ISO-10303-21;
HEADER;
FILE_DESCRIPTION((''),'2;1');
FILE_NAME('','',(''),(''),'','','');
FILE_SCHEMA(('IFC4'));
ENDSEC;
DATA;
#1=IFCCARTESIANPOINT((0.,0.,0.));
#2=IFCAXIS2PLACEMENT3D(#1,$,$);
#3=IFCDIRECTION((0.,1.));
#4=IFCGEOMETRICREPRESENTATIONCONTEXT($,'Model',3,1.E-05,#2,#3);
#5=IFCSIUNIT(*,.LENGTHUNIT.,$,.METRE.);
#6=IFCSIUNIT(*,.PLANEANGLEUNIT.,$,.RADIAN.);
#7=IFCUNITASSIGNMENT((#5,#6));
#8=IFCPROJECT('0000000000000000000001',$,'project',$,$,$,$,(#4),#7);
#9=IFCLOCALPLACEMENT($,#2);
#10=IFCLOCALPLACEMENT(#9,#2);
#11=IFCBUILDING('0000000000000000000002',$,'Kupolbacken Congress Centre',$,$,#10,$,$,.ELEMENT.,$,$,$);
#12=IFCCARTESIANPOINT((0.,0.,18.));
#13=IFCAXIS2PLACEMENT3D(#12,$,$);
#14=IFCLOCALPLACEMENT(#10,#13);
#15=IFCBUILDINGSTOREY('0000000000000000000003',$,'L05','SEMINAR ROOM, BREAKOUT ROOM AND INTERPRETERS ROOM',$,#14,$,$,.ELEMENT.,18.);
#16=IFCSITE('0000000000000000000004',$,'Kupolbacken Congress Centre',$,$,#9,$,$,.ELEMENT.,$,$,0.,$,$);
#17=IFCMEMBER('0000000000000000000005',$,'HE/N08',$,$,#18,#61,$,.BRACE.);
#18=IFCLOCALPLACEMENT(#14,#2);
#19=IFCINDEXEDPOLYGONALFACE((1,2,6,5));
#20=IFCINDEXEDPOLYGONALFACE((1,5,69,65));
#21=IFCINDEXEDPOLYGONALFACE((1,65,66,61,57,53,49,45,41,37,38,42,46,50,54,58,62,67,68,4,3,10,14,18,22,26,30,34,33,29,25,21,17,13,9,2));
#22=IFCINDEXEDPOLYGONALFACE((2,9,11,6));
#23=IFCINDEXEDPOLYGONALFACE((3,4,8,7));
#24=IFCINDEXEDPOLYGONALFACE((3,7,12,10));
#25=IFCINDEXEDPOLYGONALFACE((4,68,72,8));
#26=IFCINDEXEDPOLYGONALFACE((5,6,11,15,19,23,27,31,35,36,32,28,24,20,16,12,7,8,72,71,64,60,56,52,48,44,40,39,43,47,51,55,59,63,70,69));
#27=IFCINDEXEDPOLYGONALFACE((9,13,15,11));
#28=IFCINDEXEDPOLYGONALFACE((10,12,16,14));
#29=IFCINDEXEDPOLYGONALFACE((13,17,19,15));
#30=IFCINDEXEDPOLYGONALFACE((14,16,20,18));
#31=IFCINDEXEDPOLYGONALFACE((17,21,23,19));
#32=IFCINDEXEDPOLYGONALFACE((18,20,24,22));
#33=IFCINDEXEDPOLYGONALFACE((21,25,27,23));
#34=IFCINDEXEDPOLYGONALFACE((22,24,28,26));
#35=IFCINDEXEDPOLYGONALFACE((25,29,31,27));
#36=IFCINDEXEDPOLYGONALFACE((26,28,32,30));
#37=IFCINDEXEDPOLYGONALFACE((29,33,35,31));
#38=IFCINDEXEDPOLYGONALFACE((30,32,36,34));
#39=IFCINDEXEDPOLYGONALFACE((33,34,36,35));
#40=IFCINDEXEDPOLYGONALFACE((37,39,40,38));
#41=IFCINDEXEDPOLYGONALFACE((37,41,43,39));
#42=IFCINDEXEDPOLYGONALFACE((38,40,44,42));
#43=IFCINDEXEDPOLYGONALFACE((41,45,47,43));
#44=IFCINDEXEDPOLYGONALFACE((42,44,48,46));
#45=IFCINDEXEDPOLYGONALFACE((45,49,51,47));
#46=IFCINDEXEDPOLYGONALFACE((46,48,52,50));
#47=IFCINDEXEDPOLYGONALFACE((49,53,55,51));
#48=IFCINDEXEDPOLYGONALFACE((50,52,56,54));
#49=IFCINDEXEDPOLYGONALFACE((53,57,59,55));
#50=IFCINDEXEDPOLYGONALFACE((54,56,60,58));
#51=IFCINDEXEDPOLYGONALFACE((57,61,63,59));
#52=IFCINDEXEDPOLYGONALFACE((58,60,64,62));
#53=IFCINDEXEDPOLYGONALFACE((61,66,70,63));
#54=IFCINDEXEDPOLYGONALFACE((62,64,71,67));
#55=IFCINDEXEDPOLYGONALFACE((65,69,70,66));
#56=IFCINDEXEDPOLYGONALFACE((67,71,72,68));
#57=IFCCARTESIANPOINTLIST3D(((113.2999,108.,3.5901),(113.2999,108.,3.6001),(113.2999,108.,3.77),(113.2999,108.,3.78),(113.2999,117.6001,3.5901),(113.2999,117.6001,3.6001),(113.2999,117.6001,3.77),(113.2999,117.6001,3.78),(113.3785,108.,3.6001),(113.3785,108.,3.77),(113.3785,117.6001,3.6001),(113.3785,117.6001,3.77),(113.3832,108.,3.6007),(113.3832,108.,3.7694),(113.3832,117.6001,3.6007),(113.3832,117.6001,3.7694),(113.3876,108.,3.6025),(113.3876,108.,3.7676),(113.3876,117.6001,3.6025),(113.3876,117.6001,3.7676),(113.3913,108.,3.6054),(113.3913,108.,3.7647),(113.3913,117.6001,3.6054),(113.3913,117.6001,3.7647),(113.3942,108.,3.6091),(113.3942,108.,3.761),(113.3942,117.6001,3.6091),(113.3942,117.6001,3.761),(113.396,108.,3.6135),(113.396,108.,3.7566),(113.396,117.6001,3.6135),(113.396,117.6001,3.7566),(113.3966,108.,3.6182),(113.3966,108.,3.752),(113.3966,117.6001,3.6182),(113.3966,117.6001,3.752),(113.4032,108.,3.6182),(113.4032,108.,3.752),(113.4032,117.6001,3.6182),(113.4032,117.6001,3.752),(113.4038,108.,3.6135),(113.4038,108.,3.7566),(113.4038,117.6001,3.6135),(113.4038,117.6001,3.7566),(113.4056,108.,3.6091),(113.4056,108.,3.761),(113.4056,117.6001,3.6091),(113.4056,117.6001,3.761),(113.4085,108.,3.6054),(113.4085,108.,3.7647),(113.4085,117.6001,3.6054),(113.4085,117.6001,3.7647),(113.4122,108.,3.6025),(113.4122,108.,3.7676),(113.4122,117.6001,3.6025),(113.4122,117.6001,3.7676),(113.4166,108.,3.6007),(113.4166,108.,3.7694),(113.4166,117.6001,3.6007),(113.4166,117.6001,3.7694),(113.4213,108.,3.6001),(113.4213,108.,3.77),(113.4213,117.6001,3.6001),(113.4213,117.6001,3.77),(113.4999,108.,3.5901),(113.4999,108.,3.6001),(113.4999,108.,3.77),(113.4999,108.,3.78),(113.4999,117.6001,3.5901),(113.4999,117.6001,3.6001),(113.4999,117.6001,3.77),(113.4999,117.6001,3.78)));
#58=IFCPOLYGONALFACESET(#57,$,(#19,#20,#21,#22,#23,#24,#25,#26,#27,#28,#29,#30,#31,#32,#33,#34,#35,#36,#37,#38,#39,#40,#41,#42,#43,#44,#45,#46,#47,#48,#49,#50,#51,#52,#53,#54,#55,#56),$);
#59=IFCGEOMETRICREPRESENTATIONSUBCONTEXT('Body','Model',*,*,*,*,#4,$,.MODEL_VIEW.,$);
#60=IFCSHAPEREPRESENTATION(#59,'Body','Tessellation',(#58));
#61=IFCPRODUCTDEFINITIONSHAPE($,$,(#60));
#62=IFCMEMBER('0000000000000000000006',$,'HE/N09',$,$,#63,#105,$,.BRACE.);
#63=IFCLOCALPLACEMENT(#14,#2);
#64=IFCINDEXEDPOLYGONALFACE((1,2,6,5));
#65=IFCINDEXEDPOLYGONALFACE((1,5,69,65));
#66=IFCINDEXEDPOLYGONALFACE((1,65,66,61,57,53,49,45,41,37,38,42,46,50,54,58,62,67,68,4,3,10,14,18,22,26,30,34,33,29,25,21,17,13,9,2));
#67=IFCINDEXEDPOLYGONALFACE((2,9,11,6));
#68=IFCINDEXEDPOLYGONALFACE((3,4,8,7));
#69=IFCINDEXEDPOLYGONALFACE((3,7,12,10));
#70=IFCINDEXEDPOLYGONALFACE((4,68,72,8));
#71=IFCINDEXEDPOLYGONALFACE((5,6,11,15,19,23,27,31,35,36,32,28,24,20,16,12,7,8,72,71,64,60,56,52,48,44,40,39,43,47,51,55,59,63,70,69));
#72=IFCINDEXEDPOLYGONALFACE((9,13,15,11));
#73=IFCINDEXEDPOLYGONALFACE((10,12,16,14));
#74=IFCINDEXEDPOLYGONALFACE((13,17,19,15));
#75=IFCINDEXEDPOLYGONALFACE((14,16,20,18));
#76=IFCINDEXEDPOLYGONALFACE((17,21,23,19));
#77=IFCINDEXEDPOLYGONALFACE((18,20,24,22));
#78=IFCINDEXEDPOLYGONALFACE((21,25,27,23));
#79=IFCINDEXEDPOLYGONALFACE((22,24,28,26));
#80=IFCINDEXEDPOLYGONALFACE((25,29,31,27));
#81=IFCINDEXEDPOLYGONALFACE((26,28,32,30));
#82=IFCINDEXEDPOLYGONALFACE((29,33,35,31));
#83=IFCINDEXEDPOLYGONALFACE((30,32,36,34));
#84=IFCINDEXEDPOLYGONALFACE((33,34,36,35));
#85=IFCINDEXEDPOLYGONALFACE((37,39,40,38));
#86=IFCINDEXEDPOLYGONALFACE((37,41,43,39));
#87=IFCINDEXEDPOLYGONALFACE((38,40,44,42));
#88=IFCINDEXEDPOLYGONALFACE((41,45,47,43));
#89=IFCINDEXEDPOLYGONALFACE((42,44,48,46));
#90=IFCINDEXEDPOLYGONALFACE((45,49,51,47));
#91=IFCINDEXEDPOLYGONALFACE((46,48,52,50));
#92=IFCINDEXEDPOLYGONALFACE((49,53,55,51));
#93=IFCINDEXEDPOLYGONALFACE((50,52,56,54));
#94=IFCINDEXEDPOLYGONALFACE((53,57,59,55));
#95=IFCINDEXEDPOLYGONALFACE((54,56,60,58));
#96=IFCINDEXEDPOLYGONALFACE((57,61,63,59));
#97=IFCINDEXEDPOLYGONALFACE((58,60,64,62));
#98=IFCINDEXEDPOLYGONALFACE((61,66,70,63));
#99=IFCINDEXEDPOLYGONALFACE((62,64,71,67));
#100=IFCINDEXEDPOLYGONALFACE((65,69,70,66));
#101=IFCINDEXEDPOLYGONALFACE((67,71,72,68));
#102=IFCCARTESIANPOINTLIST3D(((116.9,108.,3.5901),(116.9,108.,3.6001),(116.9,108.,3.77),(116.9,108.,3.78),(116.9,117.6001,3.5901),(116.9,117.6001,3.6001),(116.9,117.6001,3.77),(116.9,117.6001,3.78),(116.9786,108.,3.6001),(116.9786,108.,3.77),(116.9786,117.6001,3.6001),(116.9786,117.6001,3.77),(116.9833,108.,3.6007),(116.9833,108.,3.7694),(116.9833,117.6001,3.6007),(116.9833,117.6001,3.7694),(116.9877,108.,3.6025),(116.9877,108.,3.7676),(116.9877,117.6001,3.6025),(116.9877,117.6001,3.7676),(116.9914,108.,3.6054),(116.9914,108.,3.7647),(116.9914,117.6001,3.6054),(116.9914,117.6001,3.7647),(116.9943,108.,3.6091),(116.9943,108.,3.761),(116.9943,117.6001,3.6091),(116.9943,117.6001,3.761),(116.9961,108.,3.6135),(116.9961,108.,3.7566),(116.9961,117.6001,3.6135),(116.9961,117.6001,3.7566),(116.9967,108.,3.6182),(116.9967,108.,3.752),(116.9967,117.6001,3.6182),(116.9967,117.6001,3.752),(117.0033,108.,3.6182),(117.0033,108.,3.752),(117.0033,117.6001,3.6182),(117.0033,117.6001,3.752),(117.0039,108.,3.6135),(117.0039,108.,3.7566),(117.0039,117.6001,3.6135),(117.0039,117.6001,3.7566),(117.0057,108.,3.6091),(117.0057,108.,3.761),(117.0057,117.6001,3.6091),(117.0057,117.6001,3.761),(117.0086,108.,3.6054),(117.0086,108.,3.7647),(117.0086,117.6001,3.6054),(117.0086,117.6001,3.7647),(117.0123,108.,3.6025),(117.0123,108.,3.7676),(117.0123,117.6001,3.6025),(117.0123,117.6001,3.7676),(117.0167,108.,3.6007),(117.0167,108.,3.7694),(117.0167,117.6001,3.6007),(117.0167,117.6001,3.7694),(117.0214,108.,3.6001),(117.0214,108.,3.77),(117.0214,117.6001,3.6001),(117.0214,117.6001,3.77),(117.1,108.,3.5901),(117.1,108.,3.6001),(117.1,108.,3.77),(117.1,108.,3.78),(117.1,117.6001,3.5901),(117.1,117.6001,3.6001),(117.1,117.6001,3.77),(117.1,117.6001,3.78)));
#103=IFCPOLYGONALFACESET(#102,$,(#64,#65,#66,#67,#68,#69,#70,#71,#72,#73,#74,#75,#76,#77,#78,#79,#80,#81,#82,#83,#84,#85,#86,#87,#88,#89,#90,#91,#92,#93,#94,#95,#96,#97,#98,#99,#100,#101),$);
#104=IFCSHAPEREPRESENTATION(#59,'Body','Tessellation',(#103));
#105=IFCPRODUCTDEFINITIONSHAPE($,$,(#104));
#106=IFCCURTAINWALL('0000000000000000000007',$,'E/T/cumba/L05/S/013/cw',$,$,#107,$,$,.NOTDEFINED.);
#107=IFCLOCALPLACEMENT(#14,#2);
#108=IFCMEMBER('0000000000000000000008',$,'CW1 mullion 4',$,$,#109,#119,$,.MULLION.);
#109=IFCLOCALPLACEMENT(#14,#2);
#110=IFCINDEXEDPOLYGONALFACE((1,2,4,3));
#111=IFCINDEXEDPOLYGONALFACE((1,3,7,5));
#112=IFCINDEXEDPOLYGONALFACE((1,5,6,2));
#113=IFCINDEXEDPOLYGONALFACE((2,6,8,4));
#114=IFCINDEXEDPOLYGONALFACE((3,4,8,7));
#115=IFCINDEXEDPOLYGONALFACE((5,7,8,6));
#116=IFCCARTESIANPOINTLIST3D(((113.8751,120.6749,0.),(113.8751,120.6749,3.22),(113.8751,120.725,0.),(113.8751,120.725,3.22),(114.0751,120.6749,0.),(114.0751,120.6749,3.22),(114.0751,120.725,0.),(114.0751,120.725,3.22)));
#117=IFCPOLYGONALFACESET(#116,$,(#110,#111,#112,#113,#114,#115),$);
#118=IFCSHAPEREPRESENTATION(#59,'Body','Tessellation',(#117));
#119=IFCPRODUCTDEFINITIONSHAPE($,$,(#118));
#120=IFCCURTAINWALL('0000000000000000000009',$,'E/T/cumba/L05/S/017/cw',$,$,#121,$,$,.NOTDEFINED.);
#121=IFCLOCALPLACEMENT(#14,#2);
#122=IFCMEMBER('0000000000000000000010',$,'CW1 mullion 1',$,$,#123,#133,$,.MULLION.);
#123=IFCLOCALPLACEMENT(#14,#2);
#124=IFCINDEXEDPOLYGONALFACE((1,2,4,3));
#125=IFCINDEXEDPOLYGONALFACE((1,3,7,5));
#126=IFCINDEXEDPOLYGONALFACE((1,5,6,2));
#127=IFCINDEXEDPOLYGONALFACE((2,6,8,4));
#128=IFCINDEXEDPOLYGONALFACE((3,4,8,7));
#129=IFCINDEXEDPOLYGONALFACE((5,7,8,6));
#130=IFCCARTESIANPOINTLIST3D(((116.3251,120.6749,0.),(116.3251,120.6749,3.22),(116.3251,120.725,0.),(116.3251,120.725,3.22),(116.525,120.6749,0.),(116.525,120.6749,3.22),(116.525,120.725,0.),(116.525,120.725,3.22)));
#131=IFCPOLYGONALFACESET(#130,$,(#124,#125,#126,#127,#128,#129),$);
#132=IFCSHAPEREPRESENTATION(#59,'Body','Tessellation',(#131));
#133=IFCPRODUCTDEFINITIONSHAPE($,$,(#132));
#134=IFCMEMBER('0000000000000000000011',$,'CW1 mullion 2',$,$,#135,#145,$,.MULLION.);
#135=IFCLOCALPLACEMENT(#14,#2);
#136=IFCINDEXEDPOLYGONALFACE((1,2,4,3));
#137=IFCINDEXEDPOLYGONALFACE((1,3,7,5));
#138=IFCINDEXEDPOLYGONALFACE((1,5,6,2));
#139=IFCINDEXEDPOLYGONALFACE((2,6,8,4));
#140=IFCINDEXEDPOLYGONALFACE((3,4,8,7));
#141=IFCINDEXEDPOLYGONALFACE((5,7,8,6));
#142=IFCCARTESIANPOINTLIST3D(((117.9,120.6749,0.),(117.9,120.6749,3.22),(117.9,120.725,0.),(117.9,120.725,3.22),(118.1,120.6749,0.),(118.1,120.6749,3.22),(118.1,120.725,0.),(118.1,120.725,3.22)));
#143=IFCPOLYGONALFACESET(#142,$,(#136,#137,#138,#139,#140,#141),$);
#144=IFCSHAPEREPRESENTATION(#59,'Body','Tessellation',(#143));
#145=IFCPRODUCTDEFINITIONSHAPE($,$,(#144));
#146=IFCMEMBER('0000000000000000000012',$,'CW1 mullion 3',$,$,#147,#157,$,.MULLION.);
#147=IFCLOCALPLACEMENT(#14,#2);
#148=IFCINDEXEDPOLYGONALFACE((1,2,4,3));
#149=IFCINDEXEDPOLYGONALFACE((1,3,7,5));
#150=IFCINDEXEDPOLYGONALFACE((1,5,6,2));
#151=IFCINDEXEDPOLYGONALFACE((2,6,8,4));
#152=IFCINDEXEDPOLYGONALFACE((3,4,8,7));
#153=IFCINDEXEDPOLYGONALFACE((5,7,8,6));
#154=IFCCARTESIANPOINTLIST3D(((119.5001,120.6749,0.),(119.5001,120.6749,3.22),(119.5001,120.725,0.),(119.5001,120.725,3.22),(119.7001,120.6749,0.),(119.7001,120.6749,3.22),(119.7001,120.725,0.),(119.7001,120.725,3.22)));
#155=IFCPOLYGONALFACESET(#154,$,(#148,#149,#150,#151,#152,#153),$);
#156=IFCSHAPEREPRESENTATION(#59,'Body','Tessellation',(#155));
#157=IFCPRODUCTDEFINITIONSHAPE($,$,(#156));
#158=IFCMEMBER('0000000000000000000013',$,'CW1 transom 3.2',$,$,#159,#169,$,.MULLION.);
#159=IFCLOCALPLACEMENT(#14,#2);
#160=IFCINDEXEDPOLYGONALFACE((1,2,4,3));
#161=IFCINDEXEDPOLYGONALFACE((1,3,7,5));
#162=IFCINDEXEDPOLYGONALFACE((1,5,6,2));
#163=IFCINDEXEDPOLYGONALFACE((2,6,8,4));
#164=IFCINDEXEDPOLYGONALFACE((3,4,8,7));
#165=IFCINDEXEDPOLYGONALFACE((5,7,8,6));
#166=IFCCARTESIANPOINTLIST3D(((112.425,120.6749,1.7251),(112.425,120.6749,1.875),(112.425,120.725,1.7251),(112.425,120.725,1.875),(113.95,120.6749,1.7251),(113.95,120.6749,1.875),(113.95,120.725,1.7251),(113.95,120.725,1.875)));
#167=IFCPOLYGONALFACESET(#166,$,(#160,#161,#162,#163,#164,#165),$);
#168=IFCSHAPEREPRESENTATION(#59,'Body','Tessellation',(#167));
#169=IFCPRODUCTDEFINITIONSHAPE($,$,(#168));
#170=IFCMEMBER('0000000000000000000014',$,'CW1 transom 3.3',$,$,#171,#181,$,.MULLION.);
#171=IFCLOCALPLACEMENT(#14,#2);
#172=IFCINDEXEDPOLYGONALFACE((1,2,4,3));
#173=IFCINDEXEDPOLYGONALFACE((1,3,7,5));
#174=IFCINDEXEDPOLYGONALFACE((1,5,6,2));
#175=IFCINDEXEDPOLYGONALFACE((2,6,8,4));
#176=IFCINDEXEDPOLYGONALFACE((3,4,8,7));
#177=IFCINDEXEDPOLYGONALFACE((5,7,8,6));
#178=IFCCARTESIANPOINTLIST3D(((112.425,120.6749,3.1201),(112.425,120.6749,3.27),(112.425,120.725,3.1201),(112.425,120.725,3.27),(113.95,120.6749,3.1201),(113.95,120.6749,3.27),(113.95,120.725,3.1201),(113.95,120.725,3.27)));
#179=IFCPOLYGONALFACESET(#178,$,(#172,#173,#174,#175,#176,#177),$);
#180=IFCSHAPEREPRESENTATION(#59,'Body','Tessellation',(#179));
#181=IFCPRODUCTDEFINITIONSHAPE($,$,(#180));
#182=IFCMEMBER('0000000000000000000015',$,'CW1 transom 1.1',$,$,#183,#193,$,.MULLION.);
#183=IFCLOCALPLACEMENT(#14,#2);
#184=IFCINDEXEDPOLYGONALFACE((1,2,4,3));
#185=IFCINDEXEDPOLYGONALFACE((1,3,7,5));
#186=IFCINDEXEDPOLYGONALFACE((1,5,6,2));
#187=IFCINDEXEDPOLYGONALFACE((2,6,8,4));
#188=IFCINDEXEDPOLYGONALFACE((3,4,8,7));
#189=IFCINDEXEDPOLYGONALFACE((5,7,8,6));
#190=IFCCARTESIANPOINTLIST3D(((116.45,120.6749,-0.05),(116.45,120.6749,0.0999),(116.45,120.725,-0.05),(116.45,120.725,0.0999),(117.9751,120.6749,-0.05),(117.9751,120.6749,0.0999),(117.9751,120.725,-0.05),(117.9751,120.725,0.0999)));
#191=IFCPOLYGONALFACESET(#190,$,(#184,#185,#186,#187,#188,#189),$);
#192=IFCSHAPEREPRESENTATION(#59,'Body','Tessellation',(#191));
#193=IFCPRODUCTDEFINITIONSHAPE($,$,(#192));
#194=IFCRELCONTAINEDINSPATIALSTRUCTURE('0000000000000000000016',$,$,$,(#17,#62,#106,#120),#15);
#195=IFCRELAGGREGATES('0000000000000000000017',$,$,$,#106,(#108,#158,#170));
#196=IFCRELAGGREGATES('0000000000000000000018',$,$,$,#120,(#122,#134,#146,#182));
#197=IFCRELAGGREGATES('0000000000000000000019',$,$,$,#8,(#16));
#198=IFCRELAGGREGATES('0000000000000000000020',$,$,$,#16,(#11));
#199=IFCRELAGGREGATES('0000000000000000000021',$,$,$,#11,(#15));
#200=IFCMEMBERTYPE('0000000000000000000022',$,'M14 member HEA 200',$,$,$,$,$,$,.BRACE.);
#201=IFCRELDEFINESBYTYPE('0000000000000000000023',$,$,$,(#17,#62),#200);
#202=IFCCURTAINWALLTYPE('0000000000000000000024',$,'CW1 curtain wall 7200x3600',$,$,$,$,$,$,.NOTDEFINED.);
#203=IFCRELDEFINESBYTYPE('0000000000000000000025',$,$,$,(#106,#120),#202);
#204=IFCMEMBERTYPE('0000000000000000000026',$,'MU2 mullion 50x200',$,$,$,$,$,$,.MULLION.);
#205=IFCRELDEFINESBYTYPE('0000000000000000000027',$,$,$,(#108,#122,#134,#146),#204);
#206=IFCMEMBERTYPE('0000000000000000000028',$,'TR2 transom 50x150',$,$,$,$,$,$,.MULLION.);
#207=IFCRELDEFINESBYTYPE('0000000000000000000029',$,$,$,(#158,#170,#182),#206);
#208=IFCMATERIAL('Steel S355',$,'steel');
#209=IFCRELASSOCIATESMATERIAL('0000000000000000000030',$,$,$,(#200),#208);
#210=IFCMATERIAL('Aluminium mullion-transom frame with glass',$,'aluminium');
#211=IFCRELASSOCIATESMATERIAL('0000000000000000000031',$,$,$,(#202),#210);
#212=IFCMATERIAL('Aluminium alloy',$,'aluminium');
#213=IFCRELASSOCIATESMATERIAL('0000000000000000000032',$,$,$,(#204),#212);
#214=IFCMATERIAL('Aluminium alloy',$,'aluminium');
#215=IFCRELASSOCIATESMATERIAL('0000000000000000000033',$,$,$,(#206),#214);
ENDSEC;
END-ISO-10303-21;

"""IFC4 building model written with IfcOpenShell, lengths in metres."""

from ifc_helpers import new_model, si_unit, direction, frame, origin, origin_2d, place, context, subcontext, project, spatial, rectangle, i_section, extrude, material, material_profile, profile_set, type_object, element, aggregate, save


model = new_model("IFC4")

# Units and contexts
model_context = context("Model", 3, precision=1e-05, world=origin(), true_north=direction((0.0, 1.0)))
body_context = subcontext(model_context, "Body", "Model", "MODEL_VIEW")
ifc_project = project(units=[si_unit("LENGTHUNIT", "METRE"), si_unit("PLANEANGLEUNIT", "RADIAN")], contexts=[model_context])

# Site, building, storey
site_placement = place(None, origin())
site = spatial("IfcSite", under=ifc_project, at=site_placement, Name="Kupolbacken Congress Centre", CompositionType="ELEMENT", RefElevation=0.0)
building_placement = place(site_placement, origin())
building = spatial("IfcBuilding", under=site, at=building_placement, Name="Kupolbacken Congress Centre", CompositionType="ELEMENT")
storey_placement = place(building_placement, frame((0.0, 0.0, 18.0)))
storey = spatial("IfcBuildingStorey", under=building, at=storey_placement, Name="L05", Description="SEMINAR ROOM, BREAKOUT ROOM AND INTERPRETERS ROOM", CompositionType="ELEMENT", Elevation=18.0)

# Members
ifc_material_1 = material(Name="Steel S355", Category="steel")
ifc_material_profile_1 = material_profile(ifc_material_1, i_section(OverallWidth=0.2, OverallDepth=0.1899, WebThickness=0.0066, FlangeThickness=0.01, FilletRadius=0.0181, at=origin_2d()), Name="HEA 200")
ifc_profile_set_1 = profile_set([ifc_material_profile_1], Name="Steel S355")
member_type_1 = type_object("IfcMemberType", Name="M14 member HEA 200", PredefinedType="BRACE", material=ifc_profile_set_1)
for number, where, z_axis, x_axis, name in (
    (1, (113.3999, 108.0, 3.6851), (0.0, 1.0, 0.0), (-1.0, 0.0, 0.0), "HE/N08"),
    (2, (117.0, 108.0, 3.6851), (0.0, 1.0, 0.0), (-1.0, 0.0, 0.0), "HE/N09"),
):
    element("IfcMember", number, at=place(storey_placement, frame(where, z_axis=z_axis, x_axis=x_axis)), inside=storey, type_object=member_type_1, Name=name, PredefinedType="BRACE", context=body_context, shape_type="SweptSolid", body=[
        extrude(i_section(OverallWidth=0.2, OverallDepth=0.1899, WebThickness=0.0066, FlangeThickness=0.01, FilletRadius=0.0181, at=origin_2d()), origin(), (0.0, 0.0, 1.0), 9.6001),
    ])

# Curtain wall, member
ifc_material_2 = material(Name="Aluminium mullion-transom frame with glass", Category="aluminium")
curtain_wall_type = type_object("IfcCurtainWallType", Name="CW1 curtain wall 7200x3600", PredefinedType="NOTDEFINED", material=ifc_material_2)
curtain_wall_1_placement = place(storey_placement, origin())
curtain_wall_1 = element("IfcCurtainWall", 3, at=curtain_wall_1_placement, inside=storey, type_object=curtain_wall_type, Name="E/T/cumba/L05/S/013/cw", PredefinedType="NOTDEFINED")
ifc_material_3 = material(Name="Aluminium alloy", Category="aluminium")
ifc_material_profile_2 = material_profile(ifc_material_3, rectangle(XDim=0.05, YDim=0.2, at=origin_2d()), Name="50 x 200")
ifc_profile_set_2 = profile_set([ifc_material_profile_2], Name="Aluminium alloy")
member_type_2 = type_object("IfcMemberType", Name="MU2 mullion 50x200", PredefinedType="MULLION", material=ifc_profile_set_2)
member_1_placement = place(storey_placement, frame((113.9751, 120.7, 0.0), z_axis=(0.0, 0.0, 1.0), x_axis=(0.0, 1.0, 0.0)))
member_1 = element("IfcMember", 4, at=member_1_placement, type_object=member_type_2, Name="CW1 mullion 4", PredefinedType="MULLION", context=body_context, shape_type="SweptSolid", body=[
    extrude(rectangle(XDim=0.05, YDim=0.2, at=origin_2d()), origin(), (0.0, 0.0, 1.0), 3.22),
])

# Curtain wall, members
curtain_wall_2_placement = place(storey_placement, origin())
curtain_wall_2 = element("IfcCurtainWall", 5, at=curtain_wall_2_placement, inside=storey, type_object=curtain_wall_type, Name="E/T/cumba/L05/S/017/cw", PredefinedType="NOTDEFINED")
member_2_placement = place(storey_placement, frame((116.425, 120.7, 0.0), z_axis=(0.0, 0.0, 1.0), x_axis=(0.0, 1.0, 0.0)))
member_2 = element("IfcMember", 6, at=member_2_placement, type_object=member_type_2, Name="CW1 mullion 1", PredefinedType="MULLION", context=body_context, shape_type="SweptSolid", body=[
    extrude(rectangle(XDim=0.05, YDim=0.2, at=origin_2d()), origin(), (0.0, 0.0, 1.0), 3.22),
])
member_3_placement = place(storey_placement, frame((118.0, 120.7, 0.0), z_axis=(0.0, 0.0, 1.0), x_axis=(0.0, 1.0, 0.0)))
member_3 = element("IfcMember", 7, at=member_3_placement, type_object=member_type_2, Name="CW1 mullion 2", PredefinedType="MULLION", context=body_context, shape_type="SweptSolid", body=[
    extrude(rectangle(XDim=0.05, YDim=0.2, at=origin_2d()), origin(), (0.0, 0.0, 1.0), 3.22),
])
member_4_placement = place(storey_placement, frame((119.6001, 120.7, 0.0), z_axis=(0.0, 0.0, 1.0), x_axis=(0.0, 1.0, 0.0)))
member_4 = element("IfcMember", 8, at=member_4_placement, type_object=member_type_2, Name="CW1 mullion 3", PredefinedType="MULLION", context=body_context, shape_type="SweptSolid", body=[
    extrude(rectangle(XDim=0.05, YDim=0.2, at=origin_2d()), origin(), (0.0, 0.0, 1.0), 3.22),
])

# Members
ifc_material_4 = material(Name="Aluminium alloy", Category="aluminium")
ifc_material_profile_3 = material_profile(ifc_material_4, rectangle(XDim=0.05, YDim=0.1499, at=origin_2d()), Name="50 x 150")
ifc_profile_set_3 = profile_set([ifc_material_profile_3], Name="Aluminium alloy")
member_type_3 = type_object("IfcMemberType", Name="TR2 transom 50x150", PredefinedType="MULLION", material=ifc_profile_set_3)
member_5_placement = place(storey_placement, frame((112.425, 120.7, 1.8), z_axis=(1.0, 0.0, 0.0), x_axis=(0.0, 1.0, 0.0)))
member_5 = element("IfcMember", 9, at=member_5_placement, type_object=member_type_3, Name="CW1 transom 3.2", PredefinedType="MULLION", context=body_context, shape_type="SweptSolid", body=[
    extrude(rectangle(XDim=0.05, YDim=0.1499, at=origin_2d()), origin(), (0.0, 0.0, 1.0), 1.5249),
])
member_6_placement = place(storey_placement, frame((112.425, 120.7, 3.1951), z_axis=(1.0, 0.0, 0.0), x_axis=(0.0, 1.0, 0.0)))
member_6 = element("IfcMember", 10, at=member_6_placement, type_object=member_type_3, Name="CW1 transom 3.3", PredefinedType="MULLION", context=body_context, shape_type="SweptSolid", body=[
    extrude(rectangle(XDim=0.05, YDim=0.1499, at=origin_2d()), origin(), (0.0, 0.0, 1.0), 1.5249),
])
member_7_placement = place(storey_placement, frame((116.45, 120.7, 0.0249), z_axis=(1.0, 0.0, 0.0), x_axis=(0.0, 1.0, 0.0)))
member_7 = element("IfcMember", 11, at=member_7_placement, type_object=member_type_3, Name="CW1 transom 1.1", PredefinedType="MULLION", context=body_context, shape_type="SweptSolid", body=[
    extrude(rectangle(XDim=0.05, YDim=0.1499, at=origin_2d()), origin(), (0.0, 0.0, 1.0), 1.5251),
])

aggregate(curtain_wall_1, [member_1, member_5, member_6])
aggregate(curtain_wall_2, [member_2, member_3, member_4, member_7])

save(model, "model.ifc")
